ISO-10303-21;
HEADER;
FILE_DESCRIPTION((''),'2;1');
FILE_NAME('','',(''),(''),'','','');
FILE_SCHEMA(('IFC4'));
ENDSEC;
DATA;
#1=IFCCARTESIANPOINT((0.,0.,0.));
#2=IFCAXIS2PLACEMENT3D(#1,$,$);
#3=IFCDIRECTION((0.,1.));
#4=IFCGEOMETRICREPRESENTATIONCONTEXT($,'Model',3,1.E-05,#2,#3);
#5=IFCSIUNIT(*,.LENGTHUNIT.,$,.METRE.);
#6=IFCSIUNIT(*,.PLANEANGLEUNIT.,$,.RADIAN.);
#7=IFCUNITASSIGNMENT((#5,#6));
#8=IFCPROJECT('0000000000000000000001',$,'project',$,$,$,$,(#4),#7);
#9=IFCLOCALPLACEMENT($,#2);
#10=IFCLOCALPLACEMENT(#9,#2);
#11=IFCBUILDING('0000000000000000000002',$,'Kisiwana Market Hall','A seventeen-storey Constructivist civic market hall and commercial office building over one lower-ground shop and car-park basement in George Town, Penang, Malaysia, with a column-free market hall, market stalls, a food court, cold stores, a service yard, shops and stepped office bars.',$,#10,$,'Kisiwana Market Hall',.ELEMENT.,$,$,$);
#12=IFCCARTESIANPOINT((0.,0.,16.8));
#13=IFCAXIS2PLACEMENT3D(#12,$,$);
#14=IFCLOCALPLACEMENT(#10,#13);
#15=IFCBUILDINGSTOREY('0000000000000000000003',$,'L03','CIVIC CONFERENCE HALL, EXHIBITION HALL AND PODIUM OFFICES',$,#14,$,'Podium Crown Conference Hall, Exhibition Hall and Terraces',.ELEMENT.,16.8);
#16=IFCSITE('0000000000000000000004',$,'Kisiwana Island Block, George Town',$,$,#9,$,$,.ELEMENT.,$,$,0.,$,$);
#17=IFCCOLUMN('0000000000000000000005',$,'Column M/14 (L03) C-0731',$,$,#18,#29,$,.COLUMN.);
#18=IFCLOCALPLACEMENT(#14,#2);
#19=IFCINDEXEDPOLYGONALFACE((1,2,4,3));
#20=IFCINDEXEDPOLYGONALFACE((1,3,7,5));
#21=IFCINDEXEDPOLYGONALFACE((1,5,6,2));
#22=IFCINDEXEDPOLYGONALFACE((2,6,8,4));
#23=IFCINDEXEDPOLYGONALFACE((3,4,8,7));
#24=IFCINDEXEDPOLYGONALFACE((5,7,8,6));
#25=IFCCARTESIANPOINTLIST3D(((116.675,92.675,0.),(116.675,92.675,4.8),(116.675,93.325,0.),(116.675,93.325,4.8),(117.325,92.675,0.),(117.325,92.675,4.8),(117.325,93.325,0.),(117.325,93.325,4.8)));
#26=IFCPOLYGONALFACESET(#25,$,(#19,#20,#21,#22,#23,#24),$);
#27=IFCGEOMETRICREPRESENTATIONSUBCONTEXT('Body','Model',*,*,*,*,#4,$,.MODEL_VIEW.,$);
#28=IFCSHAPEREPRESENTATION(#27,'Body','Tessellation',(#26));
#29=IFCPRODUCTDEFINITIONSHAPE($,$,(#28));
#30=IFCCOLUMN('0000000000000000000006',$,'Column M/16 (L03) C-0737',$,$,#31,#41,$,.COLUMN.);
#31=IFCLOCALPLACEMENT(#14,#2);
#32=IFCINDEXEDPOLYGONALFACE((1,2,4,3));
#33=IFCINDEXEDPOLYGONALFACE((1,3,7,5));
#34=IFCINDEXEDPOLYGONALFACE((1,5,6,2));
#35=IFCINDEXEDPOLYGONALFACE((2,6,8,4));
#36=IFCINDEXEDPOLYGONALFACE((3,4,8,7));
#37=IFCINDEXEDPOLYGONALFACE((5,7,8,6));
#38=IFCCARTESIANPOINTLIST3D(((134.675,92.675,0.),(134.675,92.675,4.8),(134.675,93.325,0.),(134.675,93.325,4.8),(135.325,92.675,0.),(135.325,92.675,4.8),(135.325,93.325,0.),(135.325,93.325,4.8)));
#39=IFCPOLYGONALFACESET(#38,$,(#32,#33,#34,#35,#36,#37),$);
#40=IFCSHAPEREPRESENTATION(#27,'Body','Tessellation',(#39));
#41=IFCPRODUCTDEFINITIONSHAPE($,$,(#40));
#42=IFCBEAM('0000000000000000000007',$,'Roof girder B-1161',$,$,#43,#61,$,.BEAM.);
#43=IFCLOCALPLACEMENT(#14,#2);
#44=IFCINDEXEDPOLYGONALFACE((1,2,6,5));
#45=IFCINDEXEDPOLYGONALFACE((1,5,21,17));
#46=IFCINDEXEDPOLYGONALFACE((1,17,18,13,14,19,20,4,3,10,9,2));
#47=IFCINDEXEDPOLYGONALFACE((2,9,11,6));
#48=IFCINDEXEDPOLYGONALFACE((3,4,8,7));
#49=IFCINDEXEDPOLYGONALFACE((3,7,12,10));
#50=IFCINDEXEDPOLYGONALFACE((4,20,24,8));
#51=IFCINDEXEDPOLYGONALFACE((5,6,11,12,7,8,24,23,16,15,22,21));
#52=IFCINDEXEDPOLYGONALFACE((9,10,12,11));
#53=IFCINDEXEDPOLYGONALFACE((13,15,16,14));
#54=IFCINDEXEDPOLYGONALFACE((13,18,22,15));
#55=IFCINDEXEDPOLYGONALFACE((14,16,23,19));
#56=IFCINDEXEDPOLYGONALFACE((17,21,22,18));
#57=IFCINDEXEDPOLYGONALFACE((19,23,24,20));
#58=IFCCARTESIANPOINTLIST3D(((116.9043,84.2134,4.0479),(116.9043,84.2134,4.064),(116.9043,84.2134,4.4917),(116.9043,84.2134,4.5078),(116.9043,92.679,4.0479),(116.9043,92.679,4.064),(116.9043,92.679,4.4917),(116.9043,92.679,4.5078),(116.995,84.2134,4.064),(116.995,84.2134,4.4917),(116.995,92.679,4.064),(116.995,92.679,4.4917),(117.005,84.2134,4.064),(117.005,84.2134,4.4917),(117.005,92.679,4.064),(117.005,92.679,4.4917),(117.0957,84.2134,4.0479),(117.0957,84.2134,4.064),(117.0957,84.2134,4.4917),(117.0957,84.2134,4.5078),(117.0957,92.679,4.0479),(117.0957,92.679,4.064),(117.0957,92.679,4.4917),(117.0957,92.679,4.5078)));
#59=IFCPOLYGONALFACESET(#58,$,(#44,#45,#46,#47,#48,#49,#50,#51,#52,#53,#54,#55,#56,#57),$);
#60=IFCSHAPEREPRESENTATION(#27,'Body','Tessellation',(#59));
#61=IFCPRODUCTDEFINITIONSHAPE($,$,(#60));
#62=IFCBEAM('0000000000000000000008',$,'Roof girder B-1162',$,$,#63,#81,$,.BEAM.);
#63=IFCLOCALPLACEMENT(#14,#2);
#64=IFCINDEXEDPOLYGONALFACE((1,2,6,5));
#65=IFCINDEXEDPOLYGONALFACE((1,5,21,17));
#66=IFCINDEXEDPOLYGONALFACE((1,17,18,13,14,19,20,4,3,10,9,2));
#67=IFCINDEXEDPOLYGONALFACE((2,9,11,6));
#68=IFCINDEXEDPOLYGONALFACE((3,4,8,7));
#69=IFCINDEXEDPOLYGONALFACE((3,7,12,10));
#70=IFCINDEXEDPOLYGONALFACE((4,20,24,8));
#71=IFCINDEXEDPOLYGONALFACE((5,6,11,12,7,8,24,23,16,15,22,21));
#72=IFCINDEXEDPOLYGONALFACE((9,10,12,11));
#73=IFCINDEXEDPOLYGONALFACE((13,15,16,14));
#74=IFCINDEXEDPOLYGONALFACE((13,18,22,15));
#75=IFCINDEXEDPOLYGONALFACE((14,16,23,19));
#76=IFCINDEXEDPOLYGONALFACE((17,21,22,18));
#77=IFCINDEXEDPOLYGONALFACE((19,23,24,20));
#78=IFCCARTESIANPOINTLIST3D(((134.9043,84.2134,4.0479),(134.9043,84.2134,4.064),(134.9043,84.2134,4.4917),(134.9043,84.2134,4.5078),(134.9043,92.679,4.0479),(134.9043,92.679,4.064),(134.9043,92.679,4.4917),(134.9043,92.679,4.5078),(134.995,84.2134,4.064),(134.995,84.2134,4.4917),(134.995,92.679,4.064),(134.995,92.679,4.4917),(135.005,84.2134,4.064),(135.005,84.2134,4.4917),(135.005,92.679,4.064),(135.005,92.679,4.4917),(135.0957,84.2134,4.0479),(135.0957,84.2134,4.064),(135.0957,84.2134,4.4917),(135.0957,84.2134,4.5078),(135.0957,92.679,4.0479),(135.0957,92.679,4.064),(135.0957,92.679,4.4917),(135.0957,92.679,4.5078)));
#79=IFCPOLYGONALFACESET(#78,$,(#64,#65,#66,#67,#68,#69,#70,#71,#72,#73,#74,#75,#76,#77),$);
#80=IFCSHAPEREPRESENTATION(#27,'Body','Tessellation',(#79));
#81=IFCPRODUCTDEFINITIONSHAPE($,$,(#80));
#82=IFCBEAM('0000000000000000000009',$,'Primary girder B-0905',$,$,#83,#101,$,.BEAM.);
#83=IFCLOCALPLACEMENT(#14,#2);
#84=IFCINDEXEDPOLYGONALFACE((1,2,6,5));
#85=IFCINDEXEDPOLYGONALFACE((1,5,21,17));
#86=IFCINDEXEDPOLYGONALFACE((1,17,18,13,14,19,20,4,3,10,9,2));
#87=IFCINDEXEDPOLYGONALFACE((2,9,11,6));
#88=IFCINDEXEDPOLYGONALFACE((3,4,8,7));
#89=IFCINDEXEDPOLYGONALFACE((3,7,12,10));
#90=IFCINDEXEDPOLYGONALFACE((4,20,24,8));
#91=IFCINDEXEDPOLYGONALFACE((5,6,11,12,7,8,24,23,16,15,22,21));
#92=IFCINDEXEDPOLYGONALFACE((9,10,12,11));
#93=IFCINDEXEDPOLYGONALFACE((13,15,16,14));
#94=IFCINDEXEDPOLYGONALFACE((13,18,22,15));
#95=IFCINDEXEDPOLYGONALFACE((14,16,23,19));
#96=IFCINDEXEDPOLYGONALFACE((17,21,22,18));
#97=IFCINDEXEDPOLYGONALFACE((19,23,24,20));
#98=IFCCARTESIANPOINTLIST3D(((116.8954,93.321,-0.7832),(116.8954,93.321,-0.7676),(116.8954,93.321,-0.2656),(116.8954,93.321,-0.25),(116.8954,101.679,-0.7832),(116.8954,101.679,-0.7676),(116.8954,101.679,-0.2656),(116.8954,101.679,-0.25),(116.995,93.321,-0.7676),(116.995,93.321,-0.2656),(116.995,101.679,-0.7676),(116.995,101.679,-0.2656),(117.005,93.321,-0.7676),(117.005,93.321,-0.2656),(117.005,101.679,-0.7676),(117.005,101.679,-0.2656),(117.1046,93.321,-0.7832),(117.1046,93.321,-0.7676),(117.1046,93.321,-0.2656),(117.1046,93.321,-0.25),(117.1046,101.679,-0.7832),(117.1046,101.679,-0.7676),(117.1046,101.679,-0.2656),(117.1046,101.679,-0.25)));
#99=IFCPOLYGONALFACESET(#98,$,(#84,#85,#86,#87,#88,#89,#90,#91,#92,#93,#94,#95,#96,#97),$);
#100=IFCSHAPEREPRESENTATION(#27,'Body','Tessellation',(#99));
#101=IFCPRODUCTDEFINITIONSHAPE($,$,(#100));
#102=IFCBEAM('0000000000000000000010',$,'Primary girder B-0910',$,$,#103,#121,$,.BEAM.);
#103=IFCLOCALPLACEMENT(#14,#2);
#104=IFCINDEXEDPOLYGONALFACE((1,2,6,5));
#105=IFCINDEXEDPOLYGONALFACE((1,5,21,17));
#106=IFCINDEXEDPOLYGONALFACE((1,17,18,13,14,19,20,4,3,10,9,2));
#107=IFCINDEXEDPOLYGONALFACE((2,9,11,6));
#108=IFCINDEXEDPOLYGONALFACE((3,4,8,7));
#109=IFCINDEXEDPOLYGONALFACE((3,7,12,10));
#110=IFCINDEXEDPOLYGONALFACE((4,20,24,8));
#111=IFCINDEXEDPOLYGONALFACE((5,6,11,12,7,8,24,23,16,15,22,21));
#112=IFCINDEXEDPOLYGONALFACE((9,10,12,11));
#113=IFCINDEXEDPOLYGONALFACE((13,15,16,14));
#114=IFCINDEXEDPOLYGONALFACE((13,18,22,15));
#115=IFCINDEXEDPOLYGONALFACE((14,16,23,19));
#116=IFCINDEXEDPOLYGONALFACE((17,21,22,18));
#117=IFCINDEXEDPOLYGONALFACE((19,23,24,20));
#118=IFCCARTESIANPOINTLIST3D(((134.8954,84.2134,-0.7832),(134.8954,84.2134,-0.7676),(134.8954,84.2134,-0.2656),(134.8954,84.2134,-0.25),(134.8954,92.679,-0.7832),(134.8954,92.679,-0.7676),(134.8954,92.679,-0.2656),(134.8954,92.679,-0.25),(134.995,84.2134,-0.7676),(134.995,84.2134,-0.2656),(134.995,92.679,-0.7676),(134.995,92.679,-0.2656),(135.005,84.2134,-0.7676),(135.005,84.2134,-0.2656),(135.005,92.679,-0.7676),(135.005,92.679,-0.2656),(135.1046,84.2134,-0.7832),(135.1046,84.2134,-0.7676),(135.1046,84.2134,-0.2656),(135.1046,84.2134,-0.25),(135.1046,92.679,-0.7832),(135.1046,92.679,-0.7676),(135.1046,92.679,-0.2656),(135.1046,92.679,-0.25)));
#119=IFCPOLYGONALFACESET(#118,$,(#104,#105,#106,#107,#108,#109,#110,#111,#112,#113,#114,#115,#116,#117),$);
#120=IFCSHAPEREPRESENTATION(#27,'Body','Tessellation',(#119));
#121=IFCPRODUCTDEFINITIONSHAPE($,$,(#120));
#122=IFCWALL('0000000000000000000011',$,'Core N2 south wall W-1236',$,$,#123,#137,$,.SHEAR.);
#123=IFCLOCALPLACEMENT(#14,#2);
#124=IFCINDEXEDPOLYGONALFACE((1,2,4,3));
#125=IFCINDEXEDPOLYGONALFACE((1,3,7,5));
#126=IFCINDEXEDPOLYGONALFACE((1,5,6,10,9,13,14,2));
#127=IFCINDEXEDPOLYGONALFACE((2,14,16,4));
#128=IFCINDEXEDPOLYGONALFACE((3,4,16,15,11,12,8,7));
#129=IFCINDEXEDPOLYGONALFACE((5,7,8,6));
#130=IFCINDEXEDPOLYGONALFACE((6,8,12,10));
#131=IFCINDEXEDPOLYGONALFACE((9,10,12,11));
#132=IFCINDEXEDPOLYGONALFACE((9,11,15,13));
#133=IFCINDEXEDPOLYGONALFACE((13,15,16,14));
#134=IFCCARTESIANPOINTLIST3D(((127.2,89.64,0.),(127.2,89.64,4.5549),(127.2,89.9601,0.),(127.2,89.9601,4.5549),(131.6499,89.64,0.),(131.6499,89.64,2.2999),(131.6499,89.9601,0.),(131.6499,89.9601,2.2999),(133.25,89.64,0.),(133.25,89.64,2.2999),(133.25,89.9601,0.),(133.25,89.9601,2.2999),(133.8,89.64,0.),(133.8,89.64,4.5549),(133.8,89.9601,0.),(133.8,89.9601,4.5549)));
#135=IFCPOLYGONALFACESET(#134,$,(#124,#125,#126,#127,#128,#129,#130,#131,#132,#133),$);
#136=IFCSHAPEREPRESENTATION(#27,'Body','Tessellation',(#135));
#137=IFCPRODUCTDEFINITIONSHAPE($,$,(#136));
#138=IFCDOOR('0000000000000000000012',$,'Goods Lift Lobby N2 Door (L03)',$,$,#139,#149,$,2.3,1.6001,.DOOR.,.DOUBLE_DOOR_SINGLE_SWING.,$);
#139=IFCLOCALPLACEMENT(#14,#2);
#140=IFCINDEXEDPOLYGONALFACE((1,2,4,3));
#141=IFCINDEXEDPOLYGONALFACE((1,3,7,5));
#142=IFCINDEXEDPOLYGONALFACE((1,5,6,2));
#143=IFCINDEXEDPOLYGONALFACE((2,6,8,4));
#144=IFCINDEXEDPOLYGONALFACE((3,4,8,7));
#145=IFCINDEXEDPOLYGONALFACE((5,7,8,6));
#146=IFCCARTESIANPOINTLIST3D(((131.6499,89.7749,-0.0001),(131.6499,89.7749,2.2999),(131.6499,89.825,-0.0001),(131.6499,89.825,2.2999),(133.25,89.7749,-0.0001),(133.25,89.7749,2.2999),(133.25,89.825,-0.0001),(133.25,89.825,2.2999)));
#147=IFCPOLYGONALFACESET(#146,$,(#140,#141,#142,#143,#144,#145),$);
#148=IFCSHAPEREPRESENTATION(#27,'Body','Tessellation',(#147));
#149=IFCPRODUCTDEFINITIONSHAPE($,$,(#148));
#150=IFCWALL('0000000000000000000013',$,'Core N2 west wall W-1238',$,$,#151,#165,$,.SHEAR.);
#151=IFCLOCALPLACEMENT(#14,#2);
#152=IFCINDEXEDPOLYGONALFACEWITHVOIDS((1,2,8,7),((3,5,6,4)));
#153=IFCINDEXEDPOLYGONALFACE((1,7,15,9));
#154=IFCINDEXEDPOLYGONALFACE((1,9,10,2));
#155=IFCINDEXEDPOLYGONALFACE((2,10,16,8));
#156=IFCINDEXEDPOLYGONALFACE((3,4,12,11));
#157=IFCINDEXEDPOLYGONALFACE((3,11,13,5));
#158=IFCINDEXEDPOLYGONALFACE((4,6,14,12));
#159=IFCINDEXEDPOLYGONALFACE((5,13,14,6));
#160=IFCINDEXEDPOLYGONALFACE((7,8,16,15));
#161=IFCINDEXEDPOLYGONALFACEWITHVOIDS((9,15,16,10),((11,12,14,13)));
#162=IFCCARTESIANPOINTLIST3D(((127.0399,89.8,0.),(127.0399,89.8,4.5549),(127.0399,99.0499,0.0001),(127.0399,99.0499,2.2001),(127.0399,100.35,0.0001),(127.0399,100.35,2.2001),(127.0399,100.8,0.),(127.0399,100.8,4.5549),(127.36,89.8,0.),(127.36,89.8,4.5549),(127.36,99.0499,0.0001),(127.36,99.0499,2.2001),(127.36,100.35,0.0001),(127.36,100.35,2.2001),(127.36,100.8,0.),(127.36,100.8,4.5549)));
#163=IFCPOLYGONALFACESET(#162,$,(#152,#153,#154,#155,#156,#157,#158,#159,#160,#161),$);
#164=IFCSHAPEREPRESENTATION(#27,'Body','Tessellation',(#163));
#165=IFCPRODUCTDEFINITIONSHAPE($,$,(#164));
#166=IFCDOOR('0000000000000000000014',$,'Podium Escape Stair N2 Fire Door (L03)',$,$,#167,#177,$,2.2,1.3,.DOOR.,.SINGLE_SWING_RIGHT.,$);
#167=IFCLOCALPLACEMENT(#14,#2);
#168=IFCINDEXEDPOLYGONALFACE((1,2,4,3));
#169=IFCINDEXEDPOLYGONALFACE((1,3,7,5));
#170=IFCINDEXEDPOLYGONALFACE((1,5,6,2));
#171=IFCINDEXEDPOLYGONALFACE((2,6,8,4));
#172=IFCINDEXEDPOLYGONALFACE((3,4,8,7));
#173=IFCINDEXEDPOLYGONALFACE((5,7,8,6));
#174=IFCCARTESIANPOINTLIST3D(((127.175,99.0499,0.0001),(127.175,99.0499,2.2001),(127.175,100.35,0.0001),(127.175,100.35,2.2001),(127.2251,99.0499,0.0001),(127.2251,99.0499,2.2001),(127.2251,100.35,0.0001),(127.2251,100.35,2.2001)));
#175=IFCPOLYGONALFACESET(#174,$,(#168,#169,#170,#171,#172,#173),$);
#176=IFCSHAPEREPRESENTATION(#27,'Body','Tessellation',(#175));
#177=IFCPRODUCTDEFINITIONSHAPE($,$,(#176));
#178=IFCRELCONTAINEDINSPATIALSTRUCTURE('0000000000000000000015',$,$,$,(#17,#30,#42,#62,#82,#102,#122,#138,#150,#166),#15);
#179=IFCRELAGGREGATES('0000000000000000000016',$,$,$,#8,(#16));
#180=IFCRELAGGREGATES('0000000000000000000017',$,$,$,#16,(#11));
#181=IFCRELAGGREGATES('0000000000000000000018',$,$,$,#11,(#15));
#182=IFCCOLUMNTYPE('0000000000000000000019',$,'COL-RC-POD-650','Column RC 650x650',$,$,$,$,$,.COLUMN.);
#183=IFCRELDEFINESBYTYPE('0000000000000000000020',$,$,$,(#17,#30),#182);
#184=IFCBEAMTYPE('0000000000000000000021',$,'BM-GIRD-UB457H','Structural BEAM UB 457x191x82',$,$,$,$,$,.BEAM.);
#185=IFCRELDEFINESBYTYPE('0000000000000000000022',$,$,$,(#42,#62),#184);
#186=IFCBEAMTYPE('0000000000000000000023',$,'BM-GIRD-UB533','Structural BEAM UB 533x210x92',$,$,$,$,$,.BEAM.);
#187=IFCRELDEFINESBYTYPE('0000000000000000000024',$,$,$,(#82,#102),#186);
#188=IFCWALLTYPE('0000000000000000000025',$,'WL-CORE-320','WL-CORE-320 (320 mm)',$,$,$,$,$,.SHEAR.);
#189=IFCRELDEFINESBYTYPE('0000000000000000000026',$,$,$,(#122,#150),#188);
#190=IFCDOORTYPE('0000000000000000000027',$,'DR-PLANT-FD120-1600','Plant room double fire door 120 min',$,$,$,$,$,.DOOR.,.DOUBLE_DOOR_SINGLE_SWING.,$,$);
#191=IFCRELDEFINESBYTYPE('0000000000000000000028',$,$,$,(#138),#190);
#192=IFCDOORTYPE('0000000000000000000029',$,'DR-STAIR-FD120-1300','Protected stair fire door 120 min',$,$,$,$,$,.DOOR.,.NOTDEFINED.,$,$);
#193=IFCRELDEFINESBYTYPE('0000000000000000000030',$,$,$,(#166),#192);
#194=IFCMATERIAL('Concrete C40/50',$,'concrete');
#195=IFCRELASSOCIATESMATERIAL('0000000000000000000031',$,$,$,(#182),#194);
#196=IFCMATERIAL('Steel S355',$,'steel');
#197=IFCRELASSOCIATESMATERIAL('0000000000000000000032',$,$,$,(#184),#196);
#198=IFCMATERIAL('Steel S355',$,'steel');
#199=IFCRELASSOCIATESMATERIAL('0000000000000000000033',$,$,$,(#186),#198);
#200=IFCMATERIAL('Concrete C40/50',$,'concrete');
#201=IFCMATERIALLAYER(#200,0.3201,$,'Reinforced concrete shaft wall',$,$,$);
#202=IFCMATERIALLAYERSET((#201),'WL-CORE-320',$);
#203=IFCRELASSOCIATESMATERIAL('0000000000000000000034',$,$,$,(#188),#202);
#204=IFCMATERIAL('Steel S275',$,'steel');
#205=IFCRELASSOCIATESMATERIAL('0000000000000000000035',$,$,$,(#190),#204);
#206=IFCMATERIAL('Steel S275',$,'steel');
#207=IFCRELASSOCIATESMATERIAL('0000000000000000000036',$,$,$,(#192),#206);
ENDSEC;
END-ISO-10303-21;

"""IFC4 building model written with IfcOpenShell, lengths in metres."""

from ifc_helpers import new_model, si_unit, direction, frame, frame_2d, origin, origin_2d, place, context, subcontext, project, spatial, rectangle, i_section, extrude, material, layer, layer_set, material_profile, profile_set, type_object, element, fill, save


model = new_model("IFC4")

# Units and contexts
model_context = context("Model", 3, precision=1e-05, world=origin(), true_north=direction((0.0, 1.0)))
body_context = subcontext(model_context, "Body", "Model", "MODEL_VIEW")
ifc_project = project(units=[si_unit("LENGTHUNIT", "METRE"), si_unit("PLANEANGLEUNIT", "RADIAN")], contexts=[model_context])

# Site, building, storey
site_placement = place(None, origin())
site = spatial("IfcSite", under=ifc_project, at=site_placement, Name="Kisiwana Island Block, George Town", CompositionType="ELEMENT", RefElevation=0.0)
building_placement = place(site_placement, origin())
building = spatial("IfcBuilding", under=site, at=building_placement, Name="Kisiwana Market Hall", Description="A seventeen-storey Constructivist civic market hall and commercial office building over one lower-ground shop and car-park basement in George Town, Penang, Malaysia, with a column-free market hall, market stalls, a food court, cold stores, a service yard, shops and stepped office bars.", LongName="Kisiwana Market Hall", CompositionType="ELEMENT")
storey_placement = place(building_placement, frame((0.0, 0.0, 16.8)))
storey = spatial("IfcBuildingStorey", under=building, at=storey_placement, Name="L03", Description="CIVIC CONFERENCE HALL, EXHIBITION HALL AND PODIUM OFFICES", LongName="Podium Crown Conference Hall, Exhibition Hall and Terraces", CompositionType="ELEMENT", Elevation=16.8)

# Columns
ifc_material_1 = material(Name="Concrete C40/50", Category="concrete")
ifc_material_profile_1 = material_profile(ifc_material_1, rectangle(XDim=0.6499, YDim=0.6499, at=origin_2d()), Name="RC 650x650")
ifc_profile_set_1 = profile_set([ifc_material_profile_1], Name="Concrete C40/50")
column_type = type_object("IfcColumnType", Name="COL-RC-POD-650", Description="Column RC 650x650", PredefinedType="COLUMN", material=ifc_profile_set_1)
for number, where, z_axis, x_axis, name in (
    (1, (117.0, 93.0, 0.0), (0.0, 0.0, 1.0), (1.0, 0.0, 0.0), "Column M/14 (L03) C-0731"),
    (2, (135.0, 93.0, 0.0), (0.0, 0.0, 1.0), (1.0, 0.0, 0.0), "Column M/16 (L03) C-0737"),
):
    element("IfcColumn", number, at=place(storey_placement, frame(where, z_axis=z_axis, x_axis=x_axis)), inside=storey, type_object=column_type, Name=name, PredefinedType="COLUMN", context=body_context, shape_type="SweptSolid", body=[
        extrude(rectangle(XDim=0.6499, YDim=0.6499, at=origin_2d()), origin(), (0.0, 0.0, 1.0), 4.8),
    ])

# Beams
ifc_material_2 = material(Name="Steel S355", Category="steel")
ifc_material_profile_2 = material_profile(ifc_material_2, i_section(OverallWidth=0.1914, OverallDepth=0.46, WebThickness=0.01, FlangeThickness=0.0161, at=origin_2d()), Name="UB 457x191x82")
ifc_profile_set_2 = profile_set([ifc_material_profile_2], Name="Steel S355")
beam_type_1 = type_object("IfcBeamType", Name="BM-GIRD-UB457H", Description="Structural BEAM UB 457x191x82", PredefinedType="BEAM", material=ifc_profile_set_2)
for number, where, z_axis, x_axis, name in (
    (3, (117.0, 84.2134, 4.2778), (0.0, 1.0, 0.0), (-1.0, 0.0, 0.0), "Roof girder B-1161"),
    (4, (135.0, 84.2134, 4.2778), (0.0, 1.0, 0.0), (-1.0, 0.0, 0.0), "Roof girder B-1162"),
):
    element("IfcBeam", number, at=place(storey_placement, frame(where, z_axis=z_axis, x_axis=x_axis)), inside=storey, type_object=beam_type_1, Name=name, PredefinedType="BEAM", context=body_context, shape_type="SweptSolid", body=[
        extrude(i_section(OverallWidth=0.1914, OverallDepth=0.46, WebThickness=0.01, FlangeThickness=0.0161, at=origin_2d()), origin(), (0.0, 0.0, 1.0), 8.4656),
    ])
ifc_material_3 = material(Name="Steel S355", Category="steel")
ifc_material_profile_3 = material_profile(ifc_material_3, i_section(OverallWidth=0.2092, OverallDepth=0.5332, WebThickness=0.01, FlangeThickness=0.0156, at=origin_2d()), Name="UB 533x210x92")
ifc_profile_set_3 = profile_set([ifc_material_profile_3], Name="Steel S355")
beam_type_2 = type_object("IfcBeamType", Name="BM-GIRD-UB533", Description="Structural BEAM UB 533x210x92", PredefinedType="BEAM", material=ifc_profile_set_3)
beam_1_placement = place(storey_placement, frame((117.0, 93.321, -0.5166), z_axis=(0.0, 1.0, 0.0), x_axis=(-1.0, 0.0, 0.0)))
element("IfcBeam", 5, at=beam_1_placement, inside=storey, type_object=beam_type_2, Name="Primary girder B-0905", PredefinedType="BEAM", context=body_context, shape_type="SweptSolid", body=[
    extrude(i_section(OverallWidth=0.2092, OverallDepth=0.5332, WebThickness=0.01, FlangeThickness=0.0156, at=origin_2d()), origin(), (0.0, 0.0, 1.0), 8.3579),
])
beam_2_placement = place(storey_placement, frame((135.0, 84.2134, -0.5166), z_axis=(0.0, 1.0, 0.0), x_axis=(-1.0, 0.0, 0.0)))
element("IfcBeam", 6, at=beam_2_placement, inside=storey, type_object=beam_type_2, Name="Primary girder B-0910", PredefinedType="BEAM", context=body_context, shape_type="SweptSolid", body=[
    extrude(i_section(OverallWidth=0.2092, OverallDepth=0.5332, WebThickness=0.01, FlangeThickness=0.0156, at=origin_2d()), origin(), (0.0, 0.0, 1.0), 8.4656),
])

# Walls, openings, doors
ifc_material_4 = material(Name="Concrete C40/50", Category="concrete")
ifc_layer_1 = layer(ifc_material_4, 0.3201, Name="Reinforced concrete shaft wall")
ifc_layer_set_1 = layer_set([ifc_layer_1], Name="WL-CORE-320")
wall_type_1 = type_object("IfcWallType", Name="WL-CORE-320", Description="WL-CORE-320 (320 mm)", PredefinedType="SHEAR", material=ifc_layer_set_1)
wall_1_placement = place(storey_placement, frame((127.2, 89.8, 0.0), z_axis=(0.0, 0.0, 1.0), x_axis=(1.0, 0.0, 0.0)))
wall_1 = element("IfcWall", 7, at=wall_1_placement, inside=storey, type_object=wall_type_1, Name="Core N2 south wall W-1236", PredefinedType="SHEAR", context=body_context, shape_type="SweptSolid", body=[
    extrude(rectangle(XDim=6.6001, YDim=0.3201, at=frame_2d((3.3, 0.0))), origin(), (0.0, 0.0, 1.0), 4.5549),
])
opening_1_placement = place(wall_1_placement, frame((4.45, 0.0, 0.0)))
opening_1 = element("IfcOpeningElement", 8, at=opening_1_placement, cuts=wall_1, PredefinedType="OPENING", context=body_context, shape_type="SweptSolid", body=[
    extrude(rectangle(XDim=1.6001, YDim=2.3, at=frame_2d((0.8, 1.1499))), frame((0.0, 0.1719, 0.0), z_axis=(0.0, -1.0, 0.0), x_axis=(1.0, 0.0, 0.0)), (0.0, 0.0, 1.0), 0.344),
])
ifc_material_5 = material(Name="Steel S275", Category="steel")
door_type_1 = type_object("IfcDoorType", Name="DR-PLANT-FD120-1600", Description="Plant room double fire door 120 min", OperationType="DOUBLE_DOOR_SINGLE_SWING", PredefinedType="DOOR", material=ifc_material_5)
door_1_placement = place(opening_1_placement, origin())
door_1 = element("IfcDoor", 9, at=door_1_placement, inside=storey, type_object=door_type_1, Name="Goods Lift Lobby N2 Door (L03)", OperationType="DOUBLE_DOOR_SINGLE_SWING", OverallHeight=2.3, OverallWidth=1.6001, PredefinedType="DOOR", context=body_context, shape_type="SweptSolid", body=[
    extrude(rectangle(XDim=1.6001, YDim=2.3, at=frame_2d((0.8, 1.1499))), frame((0.0, 0.0249, 0.0), z_axis=(0.0, -1.0, 0.0), x_axis=(1.0, 0.0, 0.0)), (0.0, 0.0, 1.0), 0.05),
])
fill(opening_1, door_1)
wall_2_placement = place(storey_placement, frame((127.2, 89.8, 0.0), z_axis=(0.0, 0.0, 1.0), x_axis=(0.0, 1.0, 0.0)))
wall_2 = element("IfcWall", 10, at=wall_2_placement, inside=storey, type_object=wall_type_1, Name="Core N2 west wall W-1238", PredefinedType="SHEAR", context=body_context, shape_type="SweptSolid", body=[
    extrude(rectangle(XDim=11.0, YDim=0.3201, at=frame_2d((5.5, 0.0))), origin(), (0.0, 0.0, 1.0), 4.5549),
])
opening_2_placement = place(wall_2_placement, frame((9.25, 0.0, 0.0)))
opening_2 = element("IfcOpeningElement", 11, at=opening_2_placement, cuts=wall_2, PredefinedType="OPENING", context=body_context, shape_type="SweptSolid", body=[
    extrude(rectangle(XDim=1.3, YDim=2.2, at=frame_2d((0.6499, 1.1001))), frame((0.0, 0.1719, 0.0), z_axis=(0.0, -1.0, 0.0), x_axis=(1.0, 0.0, 0.0)), (0.0, 0.0, 1.0), 0.344),
])
ifc_material_6 = material(Name="Steel S275", Category="steel")
door_type_2 = type_object("IfcDoorType", Name="DR-STAIR-FD120-1300", Description="Protected stair fire door 120 min", OperationType="NOTDEFINED", PredefinedType="DOOR", material=ifc_material_6)
door_2_placement = place(opening_2_placement, origin())
door_2 = element("IfcDoor", 12, at=door_2_placement, inside=storey, type_object=door_type_2, Name="Podium Escape Stair N2 Fire Door (L03)", OperationType="SINGLE_SWING_RIGHT", OverallHeight=2.2, OverallWidth=1.3, PredefinedType="DOOR", context=body_context, shape_type="SweptSolid", body=[
    extrude(rectangle(XDim=1.3, YDim=2.2, at=frame_2d((0.6499, 1.1001))), frame((0.0, 0.0249, 0.0), z_axis=(0.0, -1.0, 0.0), x_axis=(1.0, 0.0, 0.0)), (0.0, 0.0, 1.0), 0.05),
])
fill(opening_2, door_2)

save(model, "model.ifc")
